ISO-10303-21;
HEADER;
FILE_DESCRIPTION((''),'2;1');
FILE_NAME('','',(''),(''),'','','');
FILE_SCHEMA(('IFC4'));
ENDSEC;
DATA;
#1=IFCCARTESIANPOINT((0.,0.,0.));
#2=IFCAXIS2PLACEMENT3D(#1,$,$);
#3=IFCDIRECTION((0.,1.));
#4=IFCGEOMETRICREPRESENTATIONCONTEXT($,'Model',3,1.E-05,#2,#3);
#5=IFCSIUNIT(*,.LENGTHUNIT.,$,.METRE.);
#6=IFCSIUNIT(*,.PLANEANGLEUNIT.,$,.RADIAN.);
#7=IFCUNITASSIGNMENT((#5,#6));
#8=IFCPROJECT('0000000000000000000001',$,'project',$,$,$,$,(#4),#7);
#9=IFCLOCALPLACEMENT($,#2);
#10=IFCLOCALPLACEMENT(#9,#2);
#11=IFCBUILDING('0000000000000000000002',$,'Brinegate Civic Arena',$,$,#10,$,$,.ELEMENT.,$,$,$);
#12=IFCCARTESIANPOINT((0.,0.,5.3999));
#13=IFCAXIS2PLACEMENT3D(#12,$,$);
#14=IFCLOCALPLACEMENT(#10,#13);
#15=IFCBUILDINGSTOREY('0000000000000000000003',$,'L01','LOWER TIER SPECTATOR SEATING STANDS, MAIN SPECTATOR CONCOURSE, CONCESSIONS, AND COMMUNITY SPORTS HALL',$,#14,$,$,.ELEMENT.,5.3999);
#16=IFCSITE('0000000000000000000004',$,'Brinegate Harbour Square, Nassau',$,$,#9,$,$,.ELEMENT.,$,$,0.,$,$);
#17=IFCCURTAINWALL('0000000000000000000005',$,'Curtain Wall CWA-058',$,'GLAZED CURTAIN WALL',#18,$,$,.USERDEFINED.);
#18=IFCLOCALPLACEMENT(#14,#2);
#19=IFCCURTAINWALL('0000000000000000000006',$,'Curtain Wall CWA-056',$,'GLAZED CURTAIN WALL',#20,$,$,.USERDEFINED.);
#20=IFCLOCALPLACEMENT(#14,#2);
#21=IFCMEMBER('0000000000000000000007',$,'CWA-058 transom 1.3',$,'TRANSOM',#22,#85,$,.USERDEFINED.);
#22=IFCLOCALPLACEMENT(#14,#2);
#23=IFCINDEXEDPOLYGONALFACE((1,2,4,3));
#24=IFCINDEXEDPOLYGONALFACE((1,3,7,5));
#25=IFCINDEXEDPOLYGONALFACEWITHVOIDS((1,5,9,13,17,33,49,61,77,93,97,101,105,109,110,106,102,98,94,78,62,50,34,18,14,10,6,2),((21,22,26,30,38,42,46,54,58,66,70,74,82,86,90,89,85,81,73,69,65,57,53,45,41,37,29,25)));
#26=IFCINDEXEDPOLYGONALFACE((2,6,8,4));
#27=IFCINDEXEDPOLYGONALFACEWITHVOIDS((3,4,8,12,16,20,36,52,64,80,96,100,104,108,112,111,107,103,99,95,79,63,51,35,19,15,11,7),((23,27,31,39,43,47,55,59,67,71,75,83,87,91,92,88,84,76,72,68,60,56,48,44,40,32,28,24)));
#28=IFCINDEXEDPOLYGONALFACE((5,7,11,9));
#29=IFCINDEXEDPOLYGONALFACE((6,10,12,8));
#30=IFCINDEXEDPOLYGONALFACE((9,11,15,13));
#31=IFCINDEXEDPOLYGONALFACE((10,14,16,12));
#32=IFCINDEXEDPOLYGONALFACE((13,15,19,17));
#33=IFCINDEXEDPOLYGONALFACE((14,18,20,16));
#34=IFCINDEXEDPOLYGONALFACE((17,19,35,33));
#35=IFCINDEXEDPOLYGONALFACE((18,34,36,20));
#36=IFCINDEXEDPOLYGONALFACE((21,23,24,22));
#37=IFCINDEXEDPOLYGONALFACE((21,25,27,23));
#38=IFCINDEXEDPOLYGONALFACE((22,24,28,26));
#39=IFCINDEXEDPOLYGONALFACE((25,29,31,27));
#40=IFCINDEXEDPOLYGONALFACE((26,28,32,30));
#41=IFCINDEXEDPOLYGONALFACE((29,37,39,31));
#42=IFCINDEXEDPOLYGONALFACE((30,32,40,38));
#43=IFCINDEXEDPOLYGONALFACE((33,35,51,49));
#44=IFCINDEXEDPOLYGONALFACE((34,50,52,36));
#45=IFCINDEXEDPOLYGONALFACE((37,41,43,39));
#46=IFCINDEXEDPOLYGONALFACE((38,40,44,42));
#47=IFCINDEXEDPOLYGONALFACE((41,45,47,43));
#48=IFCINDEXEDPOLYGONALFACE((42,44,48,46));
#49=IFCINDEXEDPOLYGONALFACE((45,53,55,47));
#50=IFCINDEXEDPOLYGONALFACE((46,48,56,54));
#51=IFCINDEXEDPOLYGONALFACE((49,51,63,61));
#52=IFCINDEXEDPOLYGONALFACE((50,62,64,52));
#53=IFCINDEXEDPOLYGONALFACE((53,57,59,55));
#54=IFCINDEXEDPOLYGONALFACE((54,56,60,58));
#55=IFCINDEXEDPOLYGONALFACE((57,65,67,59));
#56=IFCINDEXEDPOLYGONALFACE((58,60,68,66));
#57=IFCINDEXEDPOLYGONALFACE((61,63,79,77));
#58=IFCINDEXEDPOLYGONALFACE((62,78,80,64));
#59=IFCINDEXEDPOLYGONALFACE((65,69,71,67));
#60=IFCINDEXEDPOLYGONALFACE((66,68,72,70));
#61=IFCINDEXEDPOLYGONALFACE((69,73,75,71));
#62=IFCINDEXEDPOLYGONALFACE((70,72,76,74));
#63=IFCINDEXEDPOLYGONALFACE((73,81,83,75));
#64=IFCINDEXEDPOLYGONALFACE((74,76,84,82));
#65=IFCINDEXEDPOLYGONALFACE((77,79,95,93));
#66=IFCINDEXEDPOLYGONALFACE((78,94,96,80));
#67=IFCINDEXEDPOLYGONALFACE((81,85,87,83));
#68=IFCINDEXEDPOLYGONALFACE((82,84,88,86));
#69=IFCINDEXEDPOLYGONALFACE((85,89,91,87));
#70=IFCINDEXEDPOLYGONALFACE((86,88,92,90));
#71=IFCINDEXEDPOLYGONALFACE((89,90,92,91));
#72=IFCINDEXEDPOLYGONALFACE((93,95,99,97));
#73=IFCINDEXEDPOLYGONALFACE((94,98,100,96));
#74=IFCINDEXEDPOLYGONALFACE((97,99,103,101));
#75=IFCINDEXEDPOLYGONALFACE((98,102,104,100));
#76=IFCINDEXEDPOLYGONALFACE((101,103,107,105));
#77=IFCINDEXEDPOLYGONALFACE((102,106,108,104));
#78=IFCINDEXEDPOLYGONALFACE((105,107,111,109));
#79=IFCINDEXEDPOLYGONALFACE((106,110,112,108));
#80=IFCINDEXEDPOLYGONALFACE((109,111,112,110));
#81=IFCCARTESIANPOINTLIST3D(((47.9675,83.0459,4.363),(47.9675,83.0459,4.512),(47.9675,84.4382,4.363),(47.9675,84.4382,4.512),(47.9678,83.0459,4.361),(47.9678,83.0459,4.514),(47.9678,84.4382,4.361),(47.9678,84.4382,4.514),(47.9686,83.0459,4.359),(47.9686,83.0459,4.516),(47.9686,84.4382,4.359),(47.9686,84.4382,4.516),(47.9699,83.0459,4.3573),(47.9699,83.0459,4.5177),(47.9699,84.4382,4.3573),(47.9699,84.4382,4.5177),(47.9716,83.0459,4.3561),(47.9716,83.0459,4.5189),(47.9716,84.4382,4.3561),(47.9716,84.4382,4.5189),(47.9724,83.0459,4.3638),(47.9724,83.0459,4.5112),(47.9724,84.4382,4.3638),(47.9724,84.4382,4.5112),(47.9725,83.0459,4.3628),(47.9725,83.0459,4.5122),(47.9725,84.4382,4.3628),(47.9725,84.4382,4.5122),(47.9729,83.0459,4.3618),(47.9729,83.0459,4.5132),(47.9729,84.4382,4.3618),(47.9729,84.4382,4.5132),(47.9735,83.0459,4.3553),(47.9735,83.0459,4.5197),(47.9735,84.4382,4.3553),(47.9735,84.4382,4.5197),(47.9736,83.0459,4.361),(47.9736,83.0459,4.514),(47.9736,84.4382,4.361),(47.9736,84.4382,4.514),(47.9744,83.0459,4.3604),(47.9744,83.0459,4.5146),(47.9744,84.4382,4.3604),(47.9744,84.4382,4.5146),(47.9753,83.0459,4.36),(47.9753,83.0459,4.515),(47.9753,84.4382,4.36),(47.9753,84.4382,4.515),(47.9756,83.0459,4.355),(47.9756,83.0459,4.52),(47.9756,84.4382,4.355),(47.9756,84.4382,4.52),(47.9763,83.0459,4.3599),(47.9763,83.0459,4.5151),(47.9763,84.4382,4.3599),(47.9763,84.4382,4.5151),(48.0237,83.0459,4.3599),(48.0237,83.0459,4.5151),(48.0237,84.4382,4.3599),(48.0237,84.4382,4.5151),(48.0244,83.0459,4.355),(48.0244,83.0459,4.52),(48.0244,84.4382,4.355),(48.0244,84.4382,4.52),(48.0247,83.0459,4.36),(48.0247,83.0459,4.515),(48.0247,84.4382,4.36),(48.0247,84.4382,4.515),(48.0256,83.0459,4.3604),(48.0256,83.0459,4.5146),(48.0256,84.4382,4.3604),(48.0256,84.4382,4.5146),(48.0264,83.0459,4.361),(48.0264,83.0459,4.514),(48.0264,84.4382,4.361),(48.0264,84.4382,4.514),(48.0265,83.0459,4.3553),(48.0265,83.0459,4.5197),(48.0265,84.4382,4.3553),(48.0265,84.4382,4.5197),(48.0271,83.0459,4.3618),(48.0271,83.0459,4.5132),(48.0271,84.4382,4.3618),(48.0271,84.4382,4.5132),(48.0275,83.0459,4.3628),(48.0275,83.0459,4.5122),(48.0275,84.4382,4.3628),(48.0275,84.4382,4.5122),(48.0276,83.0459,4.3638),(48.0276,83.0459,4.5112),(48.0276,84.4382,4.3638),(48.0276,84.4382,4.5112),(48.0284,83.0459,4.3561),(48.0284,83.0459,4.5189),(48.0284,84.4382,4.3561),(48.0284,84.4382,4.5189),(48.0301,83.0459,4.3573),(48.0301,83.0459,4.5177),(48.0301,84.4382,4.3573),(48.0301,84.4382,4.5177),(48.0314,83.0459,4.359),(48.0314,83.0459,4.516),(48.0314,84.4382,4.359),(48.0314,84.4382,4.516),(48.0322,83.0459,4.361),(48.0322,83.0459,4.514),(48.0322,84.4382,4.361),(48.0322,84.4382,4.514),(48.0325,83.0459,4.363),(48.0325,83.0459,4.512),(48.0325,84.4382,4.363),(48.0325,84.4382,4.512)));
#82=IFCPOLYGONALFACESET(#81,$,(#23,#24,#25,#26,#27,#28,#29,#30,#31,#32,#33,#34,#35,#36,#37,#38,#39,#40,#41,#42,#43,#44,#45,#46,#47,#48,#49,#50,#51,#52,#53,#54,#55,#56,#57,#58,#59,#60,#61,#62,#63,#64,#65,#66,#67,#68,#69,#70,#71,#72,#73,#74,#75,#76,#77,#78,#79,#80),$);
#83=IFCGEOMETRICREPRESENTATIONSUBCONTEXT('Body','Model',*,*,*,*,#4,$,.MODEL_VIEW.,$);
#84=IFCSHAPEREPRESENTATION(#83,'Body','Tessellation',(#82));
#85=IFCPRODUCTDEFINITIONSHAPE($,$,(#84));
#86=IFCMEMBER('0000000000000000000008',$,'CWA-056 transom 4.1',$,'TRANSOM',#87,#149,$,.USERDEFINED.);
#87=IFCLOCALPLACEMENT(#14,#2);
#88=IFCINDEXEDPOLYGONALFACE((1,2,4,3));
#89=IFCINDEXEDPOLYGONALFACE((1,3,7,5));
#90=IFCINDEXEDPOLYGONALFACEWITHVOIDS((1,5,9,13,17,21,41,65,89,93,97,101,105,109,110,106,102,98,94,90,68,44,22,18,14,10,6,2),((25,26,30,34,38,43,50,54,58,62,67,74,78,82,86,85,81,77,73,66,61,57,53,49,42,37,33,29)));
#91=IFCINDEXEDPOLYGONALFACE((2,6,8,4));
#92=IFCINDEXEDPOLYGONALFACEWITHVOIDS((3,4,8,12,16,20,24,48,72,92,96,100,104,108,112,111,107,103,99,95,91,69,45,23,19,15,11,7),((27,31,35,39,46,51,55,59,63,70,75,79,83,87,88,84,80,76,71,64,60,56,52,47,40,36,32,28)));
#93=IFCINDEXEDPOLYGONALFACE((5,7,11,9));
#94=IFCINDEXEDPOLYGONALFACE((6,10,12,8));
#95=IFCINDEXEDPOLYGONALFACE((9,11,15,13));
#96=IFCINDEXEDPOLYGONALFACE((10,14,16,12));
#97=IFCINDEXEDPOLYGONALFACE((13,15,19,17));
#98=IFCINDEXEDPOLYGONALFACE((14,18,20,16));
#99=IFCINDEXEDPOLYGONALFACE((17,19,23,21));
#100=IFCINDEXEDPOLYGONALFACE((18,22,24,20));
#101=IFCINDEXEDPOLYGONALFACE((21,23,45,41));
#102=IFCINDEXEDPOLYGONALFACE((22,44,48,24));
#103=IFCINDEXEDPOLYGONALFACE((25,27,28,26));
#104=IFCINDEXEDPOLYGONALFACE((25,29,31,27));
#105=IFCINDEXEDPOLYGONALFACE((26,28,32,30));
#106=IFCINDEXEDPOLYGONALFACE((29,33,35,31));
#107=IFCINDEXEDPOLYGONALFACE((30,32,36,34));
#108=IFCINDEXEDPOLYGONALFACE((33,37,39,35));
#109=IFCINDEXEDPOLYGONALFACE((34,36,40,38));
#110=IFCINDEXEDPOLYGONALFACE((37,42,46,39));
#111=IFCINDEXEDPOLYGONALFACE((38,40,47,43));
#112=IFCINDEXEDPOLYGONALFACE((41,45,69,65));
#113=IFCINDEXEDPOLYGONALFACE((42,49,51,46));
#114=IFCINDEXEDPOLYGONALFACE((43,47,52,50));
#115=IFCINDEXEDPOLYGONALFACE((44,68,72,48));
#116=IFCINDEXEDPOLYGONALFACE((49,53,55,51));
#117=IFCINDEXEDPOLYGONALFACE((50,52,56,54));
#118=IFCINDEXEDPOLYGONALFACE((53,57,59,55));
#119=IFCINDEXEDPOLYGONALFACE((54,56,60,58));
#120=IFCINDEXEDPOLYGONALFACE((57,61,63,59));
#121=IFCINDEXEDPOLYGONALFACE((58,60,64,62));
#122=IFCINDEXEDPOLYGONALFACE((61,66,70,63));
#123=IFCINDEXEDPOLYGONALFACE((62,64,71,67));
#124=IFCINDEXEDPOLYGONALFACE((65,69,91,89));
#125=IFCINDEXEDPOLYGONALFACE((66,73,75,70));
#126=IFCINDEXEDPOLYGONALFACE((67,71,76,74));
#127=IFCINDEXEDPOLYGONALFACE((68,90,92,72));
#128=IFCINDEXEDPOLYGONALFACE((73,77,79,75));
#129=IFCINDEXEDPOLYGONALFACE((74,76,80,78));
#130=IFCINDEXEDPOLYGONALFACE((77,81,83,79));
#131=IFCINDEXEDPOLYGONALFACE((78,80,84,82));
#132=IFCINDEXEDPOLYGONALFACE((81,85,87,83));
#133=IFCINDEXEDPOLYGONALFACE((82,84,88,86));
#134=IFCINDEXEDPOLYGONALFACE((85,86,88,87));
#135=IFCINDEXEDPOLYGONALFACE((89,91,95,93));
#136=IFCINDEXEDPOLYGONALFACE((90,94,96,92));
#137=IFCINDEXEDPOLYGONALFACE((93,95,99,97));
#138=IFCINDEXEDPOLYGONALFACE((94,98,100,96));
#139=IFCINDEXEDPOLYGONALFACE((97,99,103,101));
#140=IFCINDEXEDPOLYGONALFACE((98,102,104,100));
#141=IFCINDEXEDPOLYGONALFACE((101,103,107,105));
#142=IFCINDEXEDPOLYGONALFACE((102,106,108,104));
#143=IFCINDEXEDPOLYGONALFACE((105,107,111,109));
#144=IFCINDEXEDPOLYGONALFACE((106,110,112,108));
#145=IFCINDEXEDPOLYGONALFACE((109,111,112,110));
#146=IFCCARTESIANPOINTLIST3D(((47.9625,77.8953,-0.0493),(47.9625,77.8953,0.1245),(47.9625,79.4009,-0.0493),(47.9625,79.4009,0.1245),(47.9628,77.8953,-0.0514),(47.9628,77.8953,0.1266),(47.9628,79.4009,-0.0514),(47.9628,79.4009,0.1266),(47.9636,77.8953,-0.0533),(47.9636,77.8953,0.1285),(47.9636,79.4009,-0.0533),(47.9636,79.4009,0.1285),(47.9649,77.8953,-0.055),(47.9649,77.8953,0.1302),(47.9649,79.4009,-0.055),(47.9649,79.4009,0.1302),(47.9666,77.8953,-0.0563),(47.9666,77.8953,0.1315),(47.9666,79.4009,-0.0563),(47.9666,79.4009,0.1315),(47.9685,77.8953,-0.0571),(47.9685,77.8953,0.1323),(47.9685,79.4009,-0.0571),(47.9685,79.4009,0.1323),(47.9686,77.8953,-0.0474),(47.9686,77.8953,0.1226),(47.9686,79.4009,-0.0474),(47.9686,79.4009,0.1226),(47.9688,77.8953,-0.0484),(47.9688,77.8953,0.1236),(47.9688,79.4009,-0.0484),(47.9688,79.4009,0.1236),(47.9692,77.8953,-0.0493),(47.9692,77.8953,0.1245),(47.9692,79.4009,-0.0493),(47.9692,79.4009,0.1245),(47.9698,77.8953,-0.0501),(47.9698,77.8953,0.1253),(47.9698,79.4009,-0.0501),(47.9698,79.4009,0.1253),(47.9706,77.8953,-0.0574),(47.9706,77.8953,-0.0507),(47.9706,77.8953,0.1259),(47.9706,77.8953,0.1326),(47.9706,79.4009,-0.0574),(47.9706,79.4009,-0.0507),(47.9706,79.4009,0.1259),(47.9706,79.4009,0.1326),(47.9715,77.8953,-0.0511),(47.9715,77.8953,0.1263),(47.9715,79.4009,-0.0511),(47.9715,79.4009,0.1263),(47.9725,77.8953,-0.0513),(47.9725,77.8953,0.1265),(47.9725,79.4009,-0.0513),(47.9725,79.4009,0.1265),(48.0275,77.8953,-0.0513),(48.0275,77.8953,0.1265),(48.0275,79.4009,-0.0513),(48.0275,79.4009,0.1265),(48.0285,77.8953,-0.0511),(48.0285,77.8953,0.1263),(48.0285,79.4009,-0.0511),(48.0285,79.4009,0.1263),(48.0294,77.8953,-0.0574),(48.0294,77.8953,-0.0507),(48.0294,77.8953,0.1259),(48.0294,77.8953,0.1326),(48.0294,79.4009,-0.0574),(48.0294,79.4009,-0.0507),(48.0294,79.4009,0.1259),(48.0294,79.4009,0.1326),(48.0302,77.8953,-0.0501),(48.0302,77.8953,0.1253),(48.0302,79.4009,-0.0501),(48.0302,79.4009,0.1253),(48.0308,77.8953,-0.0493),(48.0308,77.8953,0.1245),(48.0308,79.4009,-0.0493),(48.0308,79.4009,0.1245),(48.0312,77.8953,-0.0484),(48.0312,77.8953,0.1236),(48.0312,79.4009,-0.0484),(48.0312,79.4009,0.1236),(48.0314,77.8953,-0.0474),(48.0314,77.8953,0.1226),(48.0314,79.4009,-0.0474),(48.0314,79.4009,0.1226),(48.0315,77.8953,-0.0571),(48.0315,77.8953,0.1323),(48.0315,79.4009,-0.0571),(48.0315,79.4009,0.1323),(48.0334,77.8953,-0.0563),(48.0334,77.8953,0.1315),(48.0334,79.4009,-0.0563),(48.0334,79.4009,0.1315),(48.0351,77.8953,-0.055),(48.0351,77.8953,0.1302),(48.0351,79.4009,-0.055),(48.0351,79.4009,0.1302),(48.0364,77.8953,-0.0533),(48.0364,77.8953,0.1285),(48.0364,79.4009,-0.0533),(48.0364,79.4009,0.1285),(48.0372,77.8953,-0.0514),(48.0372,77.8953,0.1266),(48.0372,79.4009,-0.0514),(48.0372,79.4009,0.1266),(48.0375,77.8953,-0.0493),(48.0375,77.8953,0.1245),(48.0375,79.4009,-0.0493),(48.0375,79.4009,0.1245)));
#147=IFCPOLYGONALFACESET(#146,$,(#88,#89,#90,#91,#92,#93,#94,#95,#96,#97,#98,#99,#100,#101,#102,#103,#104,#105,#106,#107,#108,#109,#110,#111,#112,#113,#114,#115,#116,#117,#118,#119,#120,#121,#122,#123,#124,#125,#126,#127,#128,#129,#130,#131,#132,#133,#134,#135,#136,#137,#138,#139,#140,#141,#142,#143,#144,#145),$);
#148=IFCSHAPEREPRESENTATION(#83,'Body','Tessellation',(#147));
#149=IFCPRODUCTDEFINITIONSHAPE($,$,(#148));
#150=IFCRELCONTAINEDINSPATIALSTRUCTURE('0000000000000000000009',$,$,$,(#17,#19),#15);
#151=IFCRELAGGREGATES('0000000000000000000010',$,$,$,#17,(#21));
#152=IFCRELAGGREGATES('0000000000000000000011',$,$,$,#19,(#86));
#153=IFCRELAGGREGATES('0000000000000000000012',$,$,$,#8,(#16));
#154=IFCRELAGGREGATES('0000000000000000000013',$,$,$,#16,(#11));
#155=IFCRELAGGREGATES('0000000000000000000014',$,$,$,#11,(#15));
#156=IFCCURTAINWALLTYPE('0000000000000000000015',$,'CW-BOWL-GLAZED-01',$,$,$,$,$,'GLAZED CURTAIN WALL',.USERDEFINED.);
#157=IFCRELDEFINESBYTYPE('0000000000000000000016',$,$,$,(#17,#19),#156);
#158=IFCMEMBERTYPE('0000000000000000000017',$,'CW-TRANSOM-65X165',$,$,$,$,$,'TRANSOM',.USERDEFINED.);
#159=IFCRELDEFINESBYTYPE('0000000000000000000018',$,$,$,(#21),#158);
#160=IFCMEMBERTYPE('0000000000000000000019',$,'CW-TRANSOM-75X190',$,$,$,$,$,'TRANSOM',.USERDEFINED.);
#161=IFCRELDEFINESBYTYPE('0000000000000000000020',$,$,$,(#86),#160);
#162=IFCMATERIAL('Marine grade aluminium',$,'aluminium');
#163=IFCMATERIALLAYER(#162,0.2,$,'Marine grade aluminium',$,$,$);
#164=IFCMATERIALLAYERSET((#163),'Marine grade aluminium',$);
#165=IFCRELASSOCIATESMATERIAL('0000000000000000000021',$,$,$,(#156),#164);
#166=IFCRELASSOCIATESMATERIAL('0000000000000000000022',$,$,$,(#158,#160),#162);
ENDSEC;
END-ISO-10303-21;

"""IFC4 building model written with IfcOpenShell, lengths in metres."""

from ifc_helpers import new_model, si_unit, direction, frame, origin, origin_2d, place, context, subcontext, project, spatial, hollow_rectangle, extrude, material, layer, layer_set, material_profile, profile_set, type_object, element, aggregate, save


model = new_model("IFC4")

# Units and contexts
model_context = context("Model", 3, precision=1e-05, world=origin(), true_north=direction((0.0, 1.0)))
body_context = subcontext(model_context, "Body", "Model", "MODEL_VIEW")
ifc_project = project(units=[si_unit("LENGTHUNIT", "METRE"), si_unit("PLANEANGLEUNIT", "RADIAN")], contexts=[model_context])

# Site, building, storey
site_placement = place(None, origin())
site = spatial("IfcSite", under=ifc_project, at=site_placement, Name="Brinegate Harbour Square, Nassau", CompositionType="ELEMENT", RefElevation=0.0)
building_placement = place(site_placement, origin())
building = spatial("IfcBuilding", under=site, at=building_placement, Name="Brinegate Civic Arena", CompositionType="ELEMENT")
storey_placement = place(building_placement, frame((0.0, 0.0, 5.3999)))
storey = spatial("IfcBuildingStorey", under=building, at=storey_placement, Name="L01", Description="LOWER TIER SPECTATOR SEATING STANDS, MAIN SPECTATOR CONCOURSE, CONCESSIONS, AND COMMUNITY SPORTS HALL", CompositionType="ELEMENT", Elevation=5.3999)

# Curtain wall
ifc_material_1 = material(Name="Marine grade aluminium", Category="aluminium")
ifc_layer_1 = layer(ifc_material_1, 0.2, Name="Marine grade aluminium")
ifc_layer_set_1 = layer_set([ifc_layer_1], Name="Marine grade aluminium")
curtain_wall_type = type_object("IfcCurtainWallType", Name="CW-BOWL-GLAZED-01", ElementType="GLAZED CURTAIN WALL", PredefinedType="USERDEFINED", material=ifc_layer_set_1)
curtain_wall_1_placement = place(storey_placement, origin())
curtain_wall_1 = element("IfcCurtainWall", 1, at=curtain_wall_1_placement, inside=storey, type_object=curtain_wall_type, Name="Curtain Wall CWA-058", ObjectType="GLAZED CURTAIN WALL", PredefinedType="USERDEFINED")

# Curtain wall
curtain_wall_2_placement = place(storey_placement, origin())
curtain_wall_2 = element("IfcCurtainWall", 2, at=curtain_wall_2_placement, inside=storey, type_object=curtain_wall_type, Name="Curtain Wall CWA-056", ObjectType="GLAZED CURTAIN WALL", PredefinedType="USERDEFINED")

# Members
ifc_material_profile_1 = material_profile(ifc_material_1, hollow_rectangle(XDim=0.0649, YDim=0.165, WallThickness=0.0049, InnerFilletRadius=0.0039, OuterFilletRadius=0.0081, at=origin_2d()), Name="TRN65X165")
ifc_profile_set_1 = profile_set([ifc_material_profile_1], Name="Marine grade aluminium")
member_type_1 = type_object("IfcMemberType", Name="CW-TRANSOM-65X165", ElementType="TRANSOM", PredefinedType="USERDEFINED", material=ifc_profile_set_1)
member_1_placement = place(storey_placement, frame((48.0, 83.0459, 4.4375), z_axis=(0.0, 1.0, 0.0), x_axis=(-1.0, 0.0, 0.0)))
member_1 = element("IfcMember", 3, at=member_1_placement, type_object=member_type_1, Name="CWA-058 transom 1.3", ObjectType="TRANSOM", PredefinedType="USERDEFINED", context=body_context, shape_type="SweptSolid", body=[
    extrude(hollow_rectangle(XDim=0.0649, YDim=0.165, WallThickness=0.0049, InnerFilletRadius=0.0039, OuterFilletRadius=0.0081, at=origin_2d()), origin(), (0.0, 0.0, 1.0), 1.3923),
])
aggregate(curtain_wall_1, [member_1])
ifc_material_profile_2 = material_profile(ifc_material_1, hollow_rectangle(XDim=0.075, YDim=0.1899, WallThickness=0.0061, InnerFilletRadius=0.0039, OuterFilletRadius=0.0081, at=origin_2d()), Name="TRN75X190")
ifc_profile_set_2 = profile_set([ifc_material_profile_2], Name="Marine grade aluminium")
member_type_2 = type_object("IfcMemberType", Name="CW-TRANSOM-75X190", ElementType="TRANSOM", PredefinedType="USERDEFINED", material=ifc_profile_set_2)
member_2_placement = place(storey_placement, frame((48.0, 77.8953, 0.0376), z_axis=(0.0, 1.0, 0.0), x_axis=(-1.0, 0.0, 0.0)))
member_2 = element("IfcMember", 4, at=member_2_placement, type_object=member_type_2, Name="CWA-056 transom 4.1", ObjectType="TRANSOM", PredefinedType="USERDEFINED", context=body_context, shape_type="SweptSolid", body=[
    extrude(hollow_rectangle(XDim=0.075, YDim=0.1899, WallThickness=0.0061, InnerFilletRadius=0.0039, OuterFilletRadius=0.0081, at=origin_2d()), origin(), (0.0, 0.0, 1.0), 1.5056),
])

aggregate(curtain_wall_2, [member_2])

save(model, "model.ifc")
